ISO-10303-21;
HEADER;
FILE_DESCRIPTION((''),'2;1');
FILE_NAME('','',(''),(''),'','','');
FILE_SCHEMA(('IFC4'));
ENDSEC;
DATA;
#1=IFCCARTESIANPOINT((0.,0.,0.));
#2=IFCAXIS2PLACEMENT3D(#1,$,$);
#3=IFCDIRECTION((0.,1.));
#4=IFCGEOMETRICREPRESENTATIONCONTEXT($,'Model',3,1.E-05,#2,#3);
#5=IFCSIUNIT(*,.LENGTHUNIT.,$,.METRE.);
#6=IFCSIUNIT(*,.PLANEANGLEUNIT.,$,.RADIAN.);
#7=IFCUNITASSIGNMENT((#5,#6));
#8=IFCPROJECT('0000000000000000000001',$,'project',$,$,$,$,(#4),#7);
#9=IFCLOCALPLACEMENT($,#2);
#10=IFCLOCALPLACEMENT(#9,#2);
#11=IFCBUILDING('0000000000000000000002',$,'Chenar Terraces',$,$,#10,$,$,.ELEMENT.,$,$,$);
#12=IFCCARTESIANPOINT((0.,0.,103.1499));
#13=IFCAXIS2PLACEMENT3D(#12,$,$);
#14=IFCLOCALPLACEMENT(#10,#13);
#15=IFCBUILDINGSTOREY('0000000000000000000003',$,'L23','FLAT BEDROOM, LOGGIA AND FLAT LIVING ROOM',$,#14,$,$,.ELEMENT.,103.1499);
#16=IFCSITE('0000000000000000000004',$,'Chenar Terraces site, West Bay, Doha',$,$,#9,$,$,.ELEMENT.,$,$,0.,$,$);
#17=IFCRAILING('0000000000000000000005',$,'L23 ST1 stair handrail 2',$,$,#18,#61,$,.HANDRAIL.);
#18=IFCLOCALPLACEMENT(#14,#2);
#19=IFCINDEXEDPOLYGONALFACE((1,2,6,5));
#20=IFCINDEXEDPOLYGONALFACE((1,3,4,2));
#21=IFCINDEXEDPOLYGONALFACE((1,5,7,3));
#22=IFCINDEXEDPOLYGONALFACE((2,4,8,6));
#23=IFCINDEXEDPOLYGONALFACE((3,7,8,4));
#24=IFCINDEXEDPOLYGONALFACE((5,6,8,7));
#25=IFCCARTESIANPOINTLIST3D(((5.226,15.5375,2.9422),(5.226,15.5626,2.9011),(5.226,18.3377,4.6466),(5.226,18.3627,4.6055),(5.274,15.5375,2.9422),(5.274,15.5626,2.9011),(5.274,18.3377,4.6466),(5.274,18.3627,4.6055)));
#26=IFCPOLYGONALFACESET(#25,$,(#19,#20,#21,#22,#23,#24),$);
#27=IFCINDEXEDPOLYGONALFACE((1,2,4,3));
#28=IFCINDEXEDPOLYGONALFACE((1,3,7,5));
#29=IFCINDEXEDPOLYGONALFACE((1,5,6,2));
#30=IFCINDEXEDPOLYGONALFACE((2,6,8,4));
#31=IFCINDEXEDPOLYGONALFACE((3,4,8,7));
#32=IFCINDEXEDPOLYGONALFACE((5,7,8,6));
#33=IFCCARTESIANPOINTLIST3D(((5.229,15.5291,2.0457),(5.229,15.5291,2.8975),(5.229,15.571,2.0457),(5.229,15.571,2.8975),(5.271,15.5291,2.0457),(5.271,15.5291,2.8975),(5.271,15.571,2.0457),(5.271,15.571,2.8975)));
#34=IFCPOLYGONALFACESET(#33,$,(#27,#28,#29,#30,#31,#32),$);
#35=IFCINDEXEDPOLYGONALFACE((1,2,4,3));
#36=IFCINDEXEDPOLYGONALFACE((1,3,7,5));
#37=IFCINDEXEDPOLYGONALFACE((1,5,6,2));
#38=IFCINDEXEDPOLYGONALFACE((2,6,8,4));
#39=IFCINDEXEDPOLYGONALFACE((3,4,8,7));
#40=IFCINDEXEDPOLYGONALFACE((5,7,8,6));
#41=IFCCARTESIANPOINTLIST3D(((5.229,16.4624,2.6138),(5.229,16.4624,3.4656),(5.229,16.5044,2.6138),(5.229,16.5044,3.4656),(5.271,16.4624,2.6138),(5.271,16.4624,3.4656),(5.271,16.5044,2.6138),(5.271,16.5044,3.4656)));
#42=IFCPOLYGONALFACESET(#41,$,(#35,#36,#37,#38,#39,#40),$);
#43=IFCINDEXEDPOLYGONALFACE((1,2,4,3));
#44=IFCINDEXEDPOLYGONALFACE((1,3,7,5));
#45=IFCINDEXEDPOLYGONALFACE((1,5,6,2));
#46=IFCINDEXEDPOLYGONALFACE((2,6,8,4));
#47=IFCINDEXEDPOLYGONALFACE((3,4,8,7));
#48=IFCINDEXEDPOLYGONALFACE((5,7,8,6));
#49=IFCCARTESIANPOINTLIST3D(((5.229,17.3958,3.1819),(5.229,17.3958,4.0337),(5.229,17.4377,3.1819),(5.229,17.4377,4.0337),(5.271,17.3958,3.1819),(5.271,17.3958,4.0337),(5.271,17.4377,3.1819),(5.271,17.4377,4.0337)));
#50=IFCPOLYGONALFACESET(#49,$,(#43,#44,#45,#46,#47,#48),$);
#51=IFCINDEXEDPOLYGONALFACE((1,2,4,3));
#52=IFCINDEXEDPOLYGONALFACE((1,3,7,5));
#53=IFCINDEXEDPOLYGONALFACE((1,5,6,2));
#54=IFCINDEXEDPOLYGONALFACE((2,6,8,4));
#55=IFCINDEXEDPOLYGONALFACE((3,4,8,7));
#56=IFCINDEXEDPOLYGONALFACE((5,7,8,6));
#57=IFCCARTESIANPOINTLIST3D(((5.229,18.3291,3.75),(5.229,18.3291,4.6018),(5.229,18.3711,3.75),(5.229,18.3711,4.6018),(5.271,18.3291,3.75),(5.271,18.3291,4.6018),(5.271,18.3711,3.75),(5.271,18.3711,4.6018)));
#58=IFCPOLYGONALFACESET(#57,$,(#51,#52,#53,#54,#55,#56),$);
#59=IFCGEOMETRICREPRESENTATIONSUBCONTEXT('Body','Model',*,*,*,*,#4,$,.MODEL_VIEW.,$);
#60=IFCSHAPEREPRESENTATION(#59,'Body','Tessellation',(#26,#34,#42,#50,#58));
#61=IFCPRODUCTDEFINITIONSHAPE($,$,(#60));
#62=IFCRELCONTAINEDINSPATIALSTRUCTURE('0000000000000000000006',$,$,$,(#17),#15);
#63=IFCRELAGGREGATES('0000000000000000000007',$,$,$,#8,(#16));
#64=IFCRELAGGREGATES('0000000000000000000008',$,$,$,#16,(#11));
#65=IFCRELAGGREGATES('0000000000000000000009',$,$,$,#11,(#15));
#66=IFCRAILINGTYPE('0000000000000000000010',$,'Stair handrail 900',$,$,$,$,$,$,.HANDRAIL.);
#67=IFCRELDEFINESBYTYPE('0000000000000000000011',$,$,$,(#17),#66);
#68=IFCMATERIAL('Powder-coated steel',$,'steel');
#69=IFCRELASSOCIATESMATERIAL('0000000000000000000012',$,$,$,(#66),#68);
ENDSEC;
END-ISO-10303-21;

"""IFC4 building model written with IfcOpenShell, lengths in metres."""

from ifc_helpers import new_model, si_unit, direction, frame, origin, origin_2d, place, context, subcontext, project, spatial, rectangle, extrude, material, type_object, element, save


model = new_model("IFC4")

# Units and contexts
model_context = context("Model", 3, precision=1e-05, world=origin(), true_north=direction((0.0, 1.0)))
body_context = subcontext(model_context, "Body", "Model", "MODEL_VIEW")
ifc_project = project(units=[si_unit("LENGTHUNIT", "METRE"), si_unit("PLANEANGLEUNIT", "RADIAN")], contexts=[model_context])

# Site, building, storey
site_placement = place(None, origin())
site = spatial("IfcSite", under=ifc_project, at=site_placement, Name="Chenar Terraces site, West Bay, Doha", CompositionType="ELEMENT", RefElevation=0.0)
building_placement = place(site_placement, origin())
building = spatial("IfcBuilding", under=site, at=building_placement, Name="Chenar Terraces", CompositionType="ELEMENT")
storey_placement = place(building_placement, frame((0.0, 0.0, 103.1499)))
storey = spatial("IfcBuildingStorey", under=building, at=storey_placement, Name="L23", Description="FLAT BEDROOM, LOGGIA AND FLAT LIVING ROOM", CompositionType="ELEMENT", Elevation=103.1499)

# Railing
ifc_material_1 = material(Name="Powder-coated steel", Category="steel")
railing_type_1 = type_object("IfcRailingType", Name="Stair handrail 900", PredefinedType="HANDRAIL", material=ifc_material_1)
railing_1_placement = place(storey_placement, frame((5.25, 15.55, 2.0457)))
element("IfcRailing", 1, at=railing_1_placement, inside=storey, type_object=railing_type_1, Name="L23 ST1 stair handrail 2", PredefinedType="HANDRAIL", context=body_context, shape_type="SweptSolid", body=[
    extrude(rectangle(XDim=0.0481, YDim=0.0481, at=origin_2d()), frame((0.0, 0.0, 0.876), z_axis=(0.0, 0.854203, 0.51994), x_axis=(-1.0, 0.0, 0.0)), (0.0, 0.0, 1.0), 3.2781),
    extrude(rectangle(XDim=0.042, YDim=0.042, at=origin_2d()), origin(), (0.0, 0.0, 1.0), 0.8518),
    extrude(rectangle(XDim=0.042, YDim=0.042, at=origin_2d()), frame((0.0, 0.9333, 0.5681)), (0.0, 0.0, 1.0), 0.8518),
    extrude(rectangle(XDim=0.042, YDim=0.042, at=origin_2d()), frame((0.0, 1.8667, 1.1362)), (0.0, 0.0, 1.0), 0.8518),
    extrude(rectangle(XDim=0.042, YDim=0.042, at=origin_2d()), frame((0.0, 2.8, 1.7043)), (0.0, 0.0, 1.0), 0.8518),
])

save(model, "model.ifc")
